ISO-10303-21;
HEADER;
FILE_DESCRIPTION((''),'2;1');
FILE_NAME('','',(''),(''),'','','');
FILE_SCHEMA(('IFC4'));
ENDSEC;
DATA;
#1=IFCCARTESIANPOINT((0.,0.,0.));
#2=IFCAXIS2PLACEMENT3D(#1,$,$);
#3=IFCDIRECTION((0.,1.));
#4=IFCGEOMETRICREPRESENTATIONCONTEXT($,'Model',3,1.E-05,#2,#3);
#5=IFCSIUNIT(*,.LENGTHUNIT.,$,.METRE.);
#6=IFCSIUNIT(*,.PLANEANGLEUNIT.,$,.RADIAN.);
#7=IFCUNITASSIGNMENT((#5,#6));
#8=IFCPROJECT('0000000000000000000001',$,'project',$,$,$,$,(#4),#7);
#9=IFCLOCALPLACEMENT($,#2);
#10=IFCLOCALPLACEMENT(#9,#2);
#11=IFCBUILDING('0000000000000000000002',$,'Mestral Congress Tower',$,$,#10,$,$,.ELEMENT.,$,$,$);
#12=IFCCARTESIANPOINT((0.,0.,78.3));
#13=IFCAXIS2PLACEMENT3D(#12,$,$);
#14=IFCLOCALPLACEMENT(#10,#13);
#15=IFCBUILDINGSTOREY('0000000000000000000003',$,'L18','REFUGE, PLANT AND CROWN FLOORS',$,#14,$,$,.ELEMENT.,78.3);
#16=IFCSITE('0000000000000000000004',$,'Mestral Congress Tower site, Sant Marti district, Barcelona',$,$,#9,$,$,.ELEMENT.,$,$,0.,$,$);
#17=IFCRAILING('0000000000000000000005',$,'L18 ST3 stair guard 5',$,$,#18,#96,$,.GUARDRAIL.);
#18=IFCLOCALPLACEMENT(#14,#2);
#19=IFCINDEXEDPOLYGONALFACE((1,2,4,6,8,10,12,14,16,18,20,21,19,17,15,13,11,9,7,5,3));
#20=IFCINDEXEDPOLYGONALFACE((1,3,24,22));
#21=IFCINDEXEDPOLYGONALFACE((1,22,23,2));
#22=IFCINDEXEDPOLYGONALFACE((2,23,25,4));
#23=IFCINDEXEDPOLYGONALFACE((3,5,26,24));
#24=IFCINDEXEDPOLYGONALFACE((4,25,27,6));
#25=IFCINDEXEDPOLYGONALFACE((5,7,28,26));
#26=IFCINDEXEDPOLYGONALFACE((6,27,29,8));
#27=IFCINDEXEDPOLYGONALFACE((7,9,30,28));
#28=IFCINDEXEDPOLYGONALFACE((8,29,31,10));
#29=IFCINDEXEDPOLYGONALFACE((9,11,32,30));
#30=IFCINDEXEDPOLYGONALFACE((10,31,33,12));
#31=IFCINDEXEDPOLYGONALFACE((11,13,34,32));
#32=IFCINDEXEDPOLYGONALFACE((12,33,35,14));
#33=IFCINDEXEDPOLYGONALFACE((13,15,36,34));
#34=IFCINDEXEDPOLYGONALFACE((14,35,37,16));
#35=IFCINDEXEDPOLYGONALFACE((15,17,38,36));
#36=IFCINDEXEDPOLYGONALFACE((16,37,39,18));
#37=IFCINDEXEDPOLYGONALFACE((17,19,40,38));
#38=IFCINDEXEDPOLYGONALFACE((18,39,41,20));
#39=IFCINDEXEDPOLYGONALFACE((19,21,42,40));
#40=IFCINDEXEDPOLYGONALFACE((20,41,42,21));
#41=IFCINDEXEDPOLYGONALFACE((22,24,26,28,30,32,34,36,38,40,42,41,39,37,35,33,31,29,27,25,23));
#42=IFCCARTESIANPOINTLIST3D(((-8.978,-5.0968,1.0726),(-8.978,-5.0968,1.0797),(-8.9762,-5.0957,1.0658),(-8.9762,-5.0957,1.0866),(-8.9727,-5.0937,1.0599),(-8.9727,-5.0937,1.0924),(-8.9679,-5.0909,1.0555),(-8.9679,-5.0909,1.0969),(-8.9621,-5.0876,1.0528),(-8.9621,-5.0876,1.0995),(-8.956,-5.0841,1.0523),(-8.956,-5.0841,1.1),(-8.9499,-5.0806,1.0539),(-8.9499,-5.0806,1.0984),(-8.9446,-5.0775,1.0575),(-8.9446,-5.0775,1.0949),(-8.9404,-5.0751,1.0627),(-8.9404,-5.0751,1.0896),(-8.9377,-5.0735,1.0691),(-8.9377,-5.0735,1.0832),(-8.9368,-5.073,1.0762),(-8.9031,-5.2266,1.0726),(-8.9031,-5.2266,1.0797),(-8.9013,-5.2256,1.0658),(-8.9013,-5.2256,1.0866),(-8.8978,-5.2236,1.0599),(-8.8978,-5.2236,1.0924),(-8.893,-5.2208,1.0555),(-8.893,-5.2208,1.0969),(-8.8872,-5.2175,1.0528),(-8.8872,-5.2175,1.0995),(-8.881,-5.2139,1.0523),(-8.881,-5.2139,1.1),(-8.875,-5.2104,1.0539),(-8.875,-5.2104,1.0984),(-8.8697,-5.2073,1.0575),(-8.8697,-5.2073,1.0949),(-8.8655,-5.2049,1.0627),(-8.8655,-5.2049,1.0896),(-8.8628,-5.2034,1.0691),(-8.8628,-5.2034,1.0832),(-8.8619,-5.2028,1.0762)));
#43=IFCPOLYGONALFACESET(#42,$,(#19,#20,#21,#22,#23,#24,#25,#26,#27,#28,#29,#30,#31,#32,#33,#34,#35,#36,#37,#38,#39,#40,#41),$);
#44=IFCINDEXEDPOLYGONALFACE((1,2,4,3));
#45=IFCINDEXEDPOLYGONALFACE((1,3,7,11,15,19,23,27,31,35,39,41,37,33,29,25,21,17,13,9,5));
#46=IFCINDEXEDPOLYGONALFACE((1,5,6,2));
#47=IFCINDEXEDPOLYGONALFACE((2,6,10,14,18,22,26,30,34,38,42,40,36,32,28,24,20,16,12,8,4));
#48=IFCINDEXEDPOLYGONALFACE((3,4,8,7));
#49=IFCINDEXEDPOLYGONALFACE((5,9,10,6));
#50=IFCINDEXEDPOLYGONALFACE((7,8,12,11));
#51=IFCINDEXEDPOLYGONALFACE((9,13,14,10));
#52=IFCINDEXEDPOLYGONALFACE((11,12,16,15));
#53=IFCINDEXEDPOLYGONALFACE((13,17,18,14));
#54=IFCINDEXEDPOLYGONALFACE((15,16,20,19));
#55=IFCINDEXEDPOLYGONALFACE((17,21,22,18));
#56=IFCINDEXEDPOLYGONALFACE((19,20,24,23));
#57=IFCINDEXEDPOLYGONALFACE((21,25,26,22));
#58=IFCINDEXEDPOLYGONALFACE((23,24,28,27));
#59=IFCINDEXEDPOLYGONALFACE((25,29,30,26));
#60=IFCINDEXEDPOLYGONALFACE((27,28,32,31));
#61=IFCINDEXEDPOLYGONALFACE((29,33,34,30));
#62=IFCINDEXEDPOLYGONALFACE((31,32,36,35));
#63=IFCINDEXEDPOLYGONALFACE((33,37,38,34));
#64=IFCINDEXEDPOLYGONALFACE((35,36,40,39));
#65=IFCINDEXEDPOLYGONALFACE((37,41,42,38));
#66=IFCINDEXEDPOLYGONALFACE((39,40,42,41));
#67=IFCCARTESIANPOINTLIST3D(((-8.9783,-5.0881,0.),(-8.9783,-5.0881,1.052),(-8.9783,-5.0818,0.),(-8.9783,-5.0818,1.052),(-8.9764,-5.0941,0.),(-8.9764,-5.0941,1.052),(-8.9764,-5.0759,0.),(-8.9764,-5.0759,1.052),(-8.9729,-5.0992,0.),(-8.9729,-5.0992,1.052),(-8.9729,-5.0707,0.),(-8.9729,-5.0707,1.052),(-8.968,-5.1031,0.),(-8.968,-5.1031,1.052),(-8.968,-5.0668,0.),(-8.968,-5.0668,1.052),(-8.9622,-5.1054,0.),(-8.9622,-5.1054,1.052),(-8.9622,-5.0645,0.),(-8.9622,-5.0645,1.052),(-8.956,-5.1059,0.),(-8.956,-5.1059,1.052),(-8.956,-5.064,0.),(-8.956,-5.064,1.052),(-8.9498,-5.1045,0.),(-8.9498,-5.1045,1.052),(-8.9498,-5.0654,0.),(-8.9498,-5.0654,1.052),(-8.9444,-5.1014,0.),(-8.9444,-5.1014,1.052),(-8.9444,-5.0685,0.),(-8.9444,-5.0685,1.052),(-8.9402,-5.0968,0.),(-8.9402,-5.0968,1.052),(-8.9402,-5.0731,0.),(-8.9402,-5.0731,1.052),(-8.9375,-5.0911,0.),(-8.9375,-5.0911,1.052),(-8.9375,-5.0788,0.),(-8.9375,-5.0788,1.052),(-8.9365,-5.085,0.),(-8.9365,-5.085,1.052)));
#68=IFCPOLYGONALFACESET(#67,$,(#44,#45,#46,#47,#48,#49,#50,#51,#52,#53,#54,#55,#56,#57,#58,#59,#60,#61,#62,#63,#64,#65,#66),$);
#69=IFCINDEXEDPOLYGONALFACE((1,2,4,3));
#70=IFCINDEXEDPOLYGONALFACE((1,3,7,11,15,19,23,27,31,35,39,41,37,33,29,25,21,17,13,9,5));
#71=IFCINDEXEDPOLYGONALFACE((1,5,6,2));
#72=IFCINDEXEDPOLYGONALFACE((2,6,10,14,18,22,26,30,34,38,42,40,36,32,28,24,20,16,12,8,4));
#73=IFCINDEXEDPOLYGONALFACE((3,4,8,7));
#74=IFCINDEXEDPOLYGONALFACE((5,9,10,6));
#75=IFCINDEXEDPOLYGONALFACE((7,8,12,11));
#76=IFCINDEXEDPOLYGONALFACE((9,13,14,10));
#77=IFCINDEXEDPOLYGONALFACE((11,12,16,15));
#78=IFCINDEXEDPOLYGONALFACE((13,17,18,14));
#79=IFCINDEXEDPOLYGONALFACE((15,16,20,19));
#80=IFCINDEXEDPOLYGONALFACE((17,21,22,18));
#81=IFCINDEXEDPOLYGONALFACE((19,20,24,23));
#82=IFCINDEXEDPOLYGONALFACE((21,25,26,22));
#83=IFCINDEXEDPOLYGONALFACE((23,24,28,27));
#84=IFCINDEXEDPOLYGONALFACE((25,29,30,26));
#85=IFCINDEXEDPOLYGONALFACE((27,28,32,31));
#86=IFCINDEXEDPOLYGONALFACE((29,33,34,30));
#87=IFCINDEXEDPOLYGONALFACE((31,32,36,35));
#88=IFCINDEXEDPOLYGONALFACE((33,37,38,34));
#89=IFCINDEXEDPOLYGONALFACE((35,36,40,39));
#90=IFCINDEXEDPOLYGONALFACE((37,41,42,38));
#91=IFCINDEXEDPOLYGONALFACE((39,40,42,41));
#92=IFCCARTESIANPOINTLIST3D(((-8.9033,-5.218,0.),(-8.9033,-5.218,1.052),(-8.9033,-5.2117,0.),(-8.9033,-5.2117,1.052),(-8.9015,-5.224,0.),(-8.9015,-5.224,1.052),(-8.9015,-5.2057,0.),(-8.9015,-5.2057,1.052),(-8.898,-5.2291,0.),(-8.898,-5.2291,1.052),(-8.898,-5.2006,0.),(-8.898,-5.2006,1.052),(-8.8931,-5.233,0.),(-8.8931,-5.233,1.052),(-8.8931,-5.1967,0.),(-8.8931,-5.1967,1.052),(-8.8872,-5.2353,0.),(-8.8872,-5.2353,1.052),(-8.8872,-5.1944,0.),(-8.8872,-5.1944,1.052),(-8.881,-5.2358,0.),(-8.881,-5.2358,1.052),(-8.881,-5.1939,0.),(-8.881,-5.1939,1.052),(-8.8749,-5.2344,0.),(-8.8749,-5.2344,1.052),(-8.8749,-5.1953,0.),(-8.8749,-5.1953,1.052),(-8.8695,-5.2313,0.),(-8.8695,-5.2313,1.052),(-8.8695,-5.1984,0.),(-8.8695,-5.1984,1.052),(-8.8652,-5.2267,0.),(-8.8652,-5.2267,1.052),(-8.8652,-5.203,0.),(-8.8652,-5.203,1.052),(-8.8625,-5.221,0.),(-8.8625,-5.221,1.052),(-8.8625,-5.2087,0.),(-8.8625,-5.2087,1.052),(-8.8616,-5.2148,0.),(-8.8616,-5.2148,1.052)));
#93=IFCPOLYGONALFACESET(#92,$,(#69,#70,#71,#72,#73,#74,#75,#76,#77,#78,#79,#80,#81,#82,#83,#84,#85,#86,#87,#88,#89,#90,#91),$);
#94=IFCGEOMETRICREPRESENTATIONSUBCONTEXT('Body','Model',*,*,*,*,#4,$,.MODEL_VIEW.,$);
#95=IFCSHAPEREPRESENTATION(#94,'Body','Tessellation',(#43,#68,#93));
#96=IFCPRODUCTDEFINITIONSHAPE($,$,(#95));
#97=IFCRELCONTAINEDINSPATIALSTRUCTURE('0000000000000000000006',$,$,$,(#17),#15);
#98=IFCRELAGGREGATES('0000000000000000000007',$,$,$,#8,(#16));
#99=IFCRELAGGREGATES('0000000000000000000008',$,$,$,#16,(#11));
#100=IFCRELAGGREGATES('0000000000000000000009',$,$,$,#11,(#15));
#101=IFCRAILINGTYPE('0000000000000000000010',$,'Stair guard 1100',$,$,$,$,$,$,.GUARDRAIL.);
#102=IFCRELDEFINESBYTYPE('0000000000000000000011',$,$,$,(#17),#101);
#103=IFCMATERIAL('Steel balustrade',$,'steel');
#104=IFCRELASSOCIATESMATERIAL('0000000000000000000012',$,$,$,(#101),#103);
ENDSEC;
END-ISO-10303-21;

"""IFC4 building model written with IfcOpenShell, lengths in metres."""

from ifc_helpers import new_model, si_unit, direction, frame, origin, origin_2d, place, context, subcontext, project, spatial, circle, extrude, material, type_object, element, save


model = new_model("IFC4")

# Units and contexts
model_context = context("Model", 3, precision=1e-05, world=origin(), true_north=direction((0.0, 1.0)))
body_context = subcontext(model_context, "Body", "Model", "MODEL_VIEW")
ifc_project = project(units=[si_unit("LENGTHUNIT", "METRE"), si_unit("PLANEANGLEUNIT", "RADIAN")], contexts=[model_context])

# Site, building, storey
site_placement = place(None, origin())
site = spatial("IfcSite", under=ifc_project, at=site_placement, Name="Mestral Congress Tower site, Sant Marti district, Barcelona", CompositionType="ELEMENT", RefElevation=0.0)
building_placement = place(site_placement, origin())
building = spatial("IfcBuilding", under=site, at=building_placement, Name="Mestral Congress Tower", CompositionType="ELEMENT")
storey_placement = place(building_placement, frame((0.0, 0.0, 78.3)))
storey = spatial("IfcBuildingStorey", under=building, at=storey_placement, Name="L18", Description="REFUGE, PLANT AND CROWN FLOORS", CompositionType="ELEMENT", Elevation=78.3)

# Railing
ifc_material_1 = material(Name="Steel balustrade", Category="steel")
railing_type = type_object("IfcRailingType", Name="Stair guard 1100", PredefinedType="GUARDRAIL", material=ifc_material_1)
railing_1_placement = place(storey_placement, frame((-8.9575, -5.085, 0.0)))
element("IfcRailing", 1, at=railing_1_placement, inside=storey, type_object=railing_type, Name="L18 ST3 stair guard 5", PredefinedType="GUARDRAIL", context=body_context, shape_type="SweptSolid", body=[
    extrude(circle(Radius=0.0239, at=origin_2d()), frame((0.0, 0.0, 1.0762), z_axis=(0.499816, -0.866131, 0.0), x_axis=(0.866131, 0.499816, 0.0)), (0.0, 0.0, 1.0), 0.1499),
    extrude(circle(Radius=0.021, at=origin_2d()), origin(), (0.0, 0.0, 1.0), 1.052),
    extrude(circle(Radius=0.021, at=origin_2d()), frame((0.075, -0.1299, 0.0)), (0.0, 0.0, 1.0), 1.052),
])

save(model, "model.ifc")
